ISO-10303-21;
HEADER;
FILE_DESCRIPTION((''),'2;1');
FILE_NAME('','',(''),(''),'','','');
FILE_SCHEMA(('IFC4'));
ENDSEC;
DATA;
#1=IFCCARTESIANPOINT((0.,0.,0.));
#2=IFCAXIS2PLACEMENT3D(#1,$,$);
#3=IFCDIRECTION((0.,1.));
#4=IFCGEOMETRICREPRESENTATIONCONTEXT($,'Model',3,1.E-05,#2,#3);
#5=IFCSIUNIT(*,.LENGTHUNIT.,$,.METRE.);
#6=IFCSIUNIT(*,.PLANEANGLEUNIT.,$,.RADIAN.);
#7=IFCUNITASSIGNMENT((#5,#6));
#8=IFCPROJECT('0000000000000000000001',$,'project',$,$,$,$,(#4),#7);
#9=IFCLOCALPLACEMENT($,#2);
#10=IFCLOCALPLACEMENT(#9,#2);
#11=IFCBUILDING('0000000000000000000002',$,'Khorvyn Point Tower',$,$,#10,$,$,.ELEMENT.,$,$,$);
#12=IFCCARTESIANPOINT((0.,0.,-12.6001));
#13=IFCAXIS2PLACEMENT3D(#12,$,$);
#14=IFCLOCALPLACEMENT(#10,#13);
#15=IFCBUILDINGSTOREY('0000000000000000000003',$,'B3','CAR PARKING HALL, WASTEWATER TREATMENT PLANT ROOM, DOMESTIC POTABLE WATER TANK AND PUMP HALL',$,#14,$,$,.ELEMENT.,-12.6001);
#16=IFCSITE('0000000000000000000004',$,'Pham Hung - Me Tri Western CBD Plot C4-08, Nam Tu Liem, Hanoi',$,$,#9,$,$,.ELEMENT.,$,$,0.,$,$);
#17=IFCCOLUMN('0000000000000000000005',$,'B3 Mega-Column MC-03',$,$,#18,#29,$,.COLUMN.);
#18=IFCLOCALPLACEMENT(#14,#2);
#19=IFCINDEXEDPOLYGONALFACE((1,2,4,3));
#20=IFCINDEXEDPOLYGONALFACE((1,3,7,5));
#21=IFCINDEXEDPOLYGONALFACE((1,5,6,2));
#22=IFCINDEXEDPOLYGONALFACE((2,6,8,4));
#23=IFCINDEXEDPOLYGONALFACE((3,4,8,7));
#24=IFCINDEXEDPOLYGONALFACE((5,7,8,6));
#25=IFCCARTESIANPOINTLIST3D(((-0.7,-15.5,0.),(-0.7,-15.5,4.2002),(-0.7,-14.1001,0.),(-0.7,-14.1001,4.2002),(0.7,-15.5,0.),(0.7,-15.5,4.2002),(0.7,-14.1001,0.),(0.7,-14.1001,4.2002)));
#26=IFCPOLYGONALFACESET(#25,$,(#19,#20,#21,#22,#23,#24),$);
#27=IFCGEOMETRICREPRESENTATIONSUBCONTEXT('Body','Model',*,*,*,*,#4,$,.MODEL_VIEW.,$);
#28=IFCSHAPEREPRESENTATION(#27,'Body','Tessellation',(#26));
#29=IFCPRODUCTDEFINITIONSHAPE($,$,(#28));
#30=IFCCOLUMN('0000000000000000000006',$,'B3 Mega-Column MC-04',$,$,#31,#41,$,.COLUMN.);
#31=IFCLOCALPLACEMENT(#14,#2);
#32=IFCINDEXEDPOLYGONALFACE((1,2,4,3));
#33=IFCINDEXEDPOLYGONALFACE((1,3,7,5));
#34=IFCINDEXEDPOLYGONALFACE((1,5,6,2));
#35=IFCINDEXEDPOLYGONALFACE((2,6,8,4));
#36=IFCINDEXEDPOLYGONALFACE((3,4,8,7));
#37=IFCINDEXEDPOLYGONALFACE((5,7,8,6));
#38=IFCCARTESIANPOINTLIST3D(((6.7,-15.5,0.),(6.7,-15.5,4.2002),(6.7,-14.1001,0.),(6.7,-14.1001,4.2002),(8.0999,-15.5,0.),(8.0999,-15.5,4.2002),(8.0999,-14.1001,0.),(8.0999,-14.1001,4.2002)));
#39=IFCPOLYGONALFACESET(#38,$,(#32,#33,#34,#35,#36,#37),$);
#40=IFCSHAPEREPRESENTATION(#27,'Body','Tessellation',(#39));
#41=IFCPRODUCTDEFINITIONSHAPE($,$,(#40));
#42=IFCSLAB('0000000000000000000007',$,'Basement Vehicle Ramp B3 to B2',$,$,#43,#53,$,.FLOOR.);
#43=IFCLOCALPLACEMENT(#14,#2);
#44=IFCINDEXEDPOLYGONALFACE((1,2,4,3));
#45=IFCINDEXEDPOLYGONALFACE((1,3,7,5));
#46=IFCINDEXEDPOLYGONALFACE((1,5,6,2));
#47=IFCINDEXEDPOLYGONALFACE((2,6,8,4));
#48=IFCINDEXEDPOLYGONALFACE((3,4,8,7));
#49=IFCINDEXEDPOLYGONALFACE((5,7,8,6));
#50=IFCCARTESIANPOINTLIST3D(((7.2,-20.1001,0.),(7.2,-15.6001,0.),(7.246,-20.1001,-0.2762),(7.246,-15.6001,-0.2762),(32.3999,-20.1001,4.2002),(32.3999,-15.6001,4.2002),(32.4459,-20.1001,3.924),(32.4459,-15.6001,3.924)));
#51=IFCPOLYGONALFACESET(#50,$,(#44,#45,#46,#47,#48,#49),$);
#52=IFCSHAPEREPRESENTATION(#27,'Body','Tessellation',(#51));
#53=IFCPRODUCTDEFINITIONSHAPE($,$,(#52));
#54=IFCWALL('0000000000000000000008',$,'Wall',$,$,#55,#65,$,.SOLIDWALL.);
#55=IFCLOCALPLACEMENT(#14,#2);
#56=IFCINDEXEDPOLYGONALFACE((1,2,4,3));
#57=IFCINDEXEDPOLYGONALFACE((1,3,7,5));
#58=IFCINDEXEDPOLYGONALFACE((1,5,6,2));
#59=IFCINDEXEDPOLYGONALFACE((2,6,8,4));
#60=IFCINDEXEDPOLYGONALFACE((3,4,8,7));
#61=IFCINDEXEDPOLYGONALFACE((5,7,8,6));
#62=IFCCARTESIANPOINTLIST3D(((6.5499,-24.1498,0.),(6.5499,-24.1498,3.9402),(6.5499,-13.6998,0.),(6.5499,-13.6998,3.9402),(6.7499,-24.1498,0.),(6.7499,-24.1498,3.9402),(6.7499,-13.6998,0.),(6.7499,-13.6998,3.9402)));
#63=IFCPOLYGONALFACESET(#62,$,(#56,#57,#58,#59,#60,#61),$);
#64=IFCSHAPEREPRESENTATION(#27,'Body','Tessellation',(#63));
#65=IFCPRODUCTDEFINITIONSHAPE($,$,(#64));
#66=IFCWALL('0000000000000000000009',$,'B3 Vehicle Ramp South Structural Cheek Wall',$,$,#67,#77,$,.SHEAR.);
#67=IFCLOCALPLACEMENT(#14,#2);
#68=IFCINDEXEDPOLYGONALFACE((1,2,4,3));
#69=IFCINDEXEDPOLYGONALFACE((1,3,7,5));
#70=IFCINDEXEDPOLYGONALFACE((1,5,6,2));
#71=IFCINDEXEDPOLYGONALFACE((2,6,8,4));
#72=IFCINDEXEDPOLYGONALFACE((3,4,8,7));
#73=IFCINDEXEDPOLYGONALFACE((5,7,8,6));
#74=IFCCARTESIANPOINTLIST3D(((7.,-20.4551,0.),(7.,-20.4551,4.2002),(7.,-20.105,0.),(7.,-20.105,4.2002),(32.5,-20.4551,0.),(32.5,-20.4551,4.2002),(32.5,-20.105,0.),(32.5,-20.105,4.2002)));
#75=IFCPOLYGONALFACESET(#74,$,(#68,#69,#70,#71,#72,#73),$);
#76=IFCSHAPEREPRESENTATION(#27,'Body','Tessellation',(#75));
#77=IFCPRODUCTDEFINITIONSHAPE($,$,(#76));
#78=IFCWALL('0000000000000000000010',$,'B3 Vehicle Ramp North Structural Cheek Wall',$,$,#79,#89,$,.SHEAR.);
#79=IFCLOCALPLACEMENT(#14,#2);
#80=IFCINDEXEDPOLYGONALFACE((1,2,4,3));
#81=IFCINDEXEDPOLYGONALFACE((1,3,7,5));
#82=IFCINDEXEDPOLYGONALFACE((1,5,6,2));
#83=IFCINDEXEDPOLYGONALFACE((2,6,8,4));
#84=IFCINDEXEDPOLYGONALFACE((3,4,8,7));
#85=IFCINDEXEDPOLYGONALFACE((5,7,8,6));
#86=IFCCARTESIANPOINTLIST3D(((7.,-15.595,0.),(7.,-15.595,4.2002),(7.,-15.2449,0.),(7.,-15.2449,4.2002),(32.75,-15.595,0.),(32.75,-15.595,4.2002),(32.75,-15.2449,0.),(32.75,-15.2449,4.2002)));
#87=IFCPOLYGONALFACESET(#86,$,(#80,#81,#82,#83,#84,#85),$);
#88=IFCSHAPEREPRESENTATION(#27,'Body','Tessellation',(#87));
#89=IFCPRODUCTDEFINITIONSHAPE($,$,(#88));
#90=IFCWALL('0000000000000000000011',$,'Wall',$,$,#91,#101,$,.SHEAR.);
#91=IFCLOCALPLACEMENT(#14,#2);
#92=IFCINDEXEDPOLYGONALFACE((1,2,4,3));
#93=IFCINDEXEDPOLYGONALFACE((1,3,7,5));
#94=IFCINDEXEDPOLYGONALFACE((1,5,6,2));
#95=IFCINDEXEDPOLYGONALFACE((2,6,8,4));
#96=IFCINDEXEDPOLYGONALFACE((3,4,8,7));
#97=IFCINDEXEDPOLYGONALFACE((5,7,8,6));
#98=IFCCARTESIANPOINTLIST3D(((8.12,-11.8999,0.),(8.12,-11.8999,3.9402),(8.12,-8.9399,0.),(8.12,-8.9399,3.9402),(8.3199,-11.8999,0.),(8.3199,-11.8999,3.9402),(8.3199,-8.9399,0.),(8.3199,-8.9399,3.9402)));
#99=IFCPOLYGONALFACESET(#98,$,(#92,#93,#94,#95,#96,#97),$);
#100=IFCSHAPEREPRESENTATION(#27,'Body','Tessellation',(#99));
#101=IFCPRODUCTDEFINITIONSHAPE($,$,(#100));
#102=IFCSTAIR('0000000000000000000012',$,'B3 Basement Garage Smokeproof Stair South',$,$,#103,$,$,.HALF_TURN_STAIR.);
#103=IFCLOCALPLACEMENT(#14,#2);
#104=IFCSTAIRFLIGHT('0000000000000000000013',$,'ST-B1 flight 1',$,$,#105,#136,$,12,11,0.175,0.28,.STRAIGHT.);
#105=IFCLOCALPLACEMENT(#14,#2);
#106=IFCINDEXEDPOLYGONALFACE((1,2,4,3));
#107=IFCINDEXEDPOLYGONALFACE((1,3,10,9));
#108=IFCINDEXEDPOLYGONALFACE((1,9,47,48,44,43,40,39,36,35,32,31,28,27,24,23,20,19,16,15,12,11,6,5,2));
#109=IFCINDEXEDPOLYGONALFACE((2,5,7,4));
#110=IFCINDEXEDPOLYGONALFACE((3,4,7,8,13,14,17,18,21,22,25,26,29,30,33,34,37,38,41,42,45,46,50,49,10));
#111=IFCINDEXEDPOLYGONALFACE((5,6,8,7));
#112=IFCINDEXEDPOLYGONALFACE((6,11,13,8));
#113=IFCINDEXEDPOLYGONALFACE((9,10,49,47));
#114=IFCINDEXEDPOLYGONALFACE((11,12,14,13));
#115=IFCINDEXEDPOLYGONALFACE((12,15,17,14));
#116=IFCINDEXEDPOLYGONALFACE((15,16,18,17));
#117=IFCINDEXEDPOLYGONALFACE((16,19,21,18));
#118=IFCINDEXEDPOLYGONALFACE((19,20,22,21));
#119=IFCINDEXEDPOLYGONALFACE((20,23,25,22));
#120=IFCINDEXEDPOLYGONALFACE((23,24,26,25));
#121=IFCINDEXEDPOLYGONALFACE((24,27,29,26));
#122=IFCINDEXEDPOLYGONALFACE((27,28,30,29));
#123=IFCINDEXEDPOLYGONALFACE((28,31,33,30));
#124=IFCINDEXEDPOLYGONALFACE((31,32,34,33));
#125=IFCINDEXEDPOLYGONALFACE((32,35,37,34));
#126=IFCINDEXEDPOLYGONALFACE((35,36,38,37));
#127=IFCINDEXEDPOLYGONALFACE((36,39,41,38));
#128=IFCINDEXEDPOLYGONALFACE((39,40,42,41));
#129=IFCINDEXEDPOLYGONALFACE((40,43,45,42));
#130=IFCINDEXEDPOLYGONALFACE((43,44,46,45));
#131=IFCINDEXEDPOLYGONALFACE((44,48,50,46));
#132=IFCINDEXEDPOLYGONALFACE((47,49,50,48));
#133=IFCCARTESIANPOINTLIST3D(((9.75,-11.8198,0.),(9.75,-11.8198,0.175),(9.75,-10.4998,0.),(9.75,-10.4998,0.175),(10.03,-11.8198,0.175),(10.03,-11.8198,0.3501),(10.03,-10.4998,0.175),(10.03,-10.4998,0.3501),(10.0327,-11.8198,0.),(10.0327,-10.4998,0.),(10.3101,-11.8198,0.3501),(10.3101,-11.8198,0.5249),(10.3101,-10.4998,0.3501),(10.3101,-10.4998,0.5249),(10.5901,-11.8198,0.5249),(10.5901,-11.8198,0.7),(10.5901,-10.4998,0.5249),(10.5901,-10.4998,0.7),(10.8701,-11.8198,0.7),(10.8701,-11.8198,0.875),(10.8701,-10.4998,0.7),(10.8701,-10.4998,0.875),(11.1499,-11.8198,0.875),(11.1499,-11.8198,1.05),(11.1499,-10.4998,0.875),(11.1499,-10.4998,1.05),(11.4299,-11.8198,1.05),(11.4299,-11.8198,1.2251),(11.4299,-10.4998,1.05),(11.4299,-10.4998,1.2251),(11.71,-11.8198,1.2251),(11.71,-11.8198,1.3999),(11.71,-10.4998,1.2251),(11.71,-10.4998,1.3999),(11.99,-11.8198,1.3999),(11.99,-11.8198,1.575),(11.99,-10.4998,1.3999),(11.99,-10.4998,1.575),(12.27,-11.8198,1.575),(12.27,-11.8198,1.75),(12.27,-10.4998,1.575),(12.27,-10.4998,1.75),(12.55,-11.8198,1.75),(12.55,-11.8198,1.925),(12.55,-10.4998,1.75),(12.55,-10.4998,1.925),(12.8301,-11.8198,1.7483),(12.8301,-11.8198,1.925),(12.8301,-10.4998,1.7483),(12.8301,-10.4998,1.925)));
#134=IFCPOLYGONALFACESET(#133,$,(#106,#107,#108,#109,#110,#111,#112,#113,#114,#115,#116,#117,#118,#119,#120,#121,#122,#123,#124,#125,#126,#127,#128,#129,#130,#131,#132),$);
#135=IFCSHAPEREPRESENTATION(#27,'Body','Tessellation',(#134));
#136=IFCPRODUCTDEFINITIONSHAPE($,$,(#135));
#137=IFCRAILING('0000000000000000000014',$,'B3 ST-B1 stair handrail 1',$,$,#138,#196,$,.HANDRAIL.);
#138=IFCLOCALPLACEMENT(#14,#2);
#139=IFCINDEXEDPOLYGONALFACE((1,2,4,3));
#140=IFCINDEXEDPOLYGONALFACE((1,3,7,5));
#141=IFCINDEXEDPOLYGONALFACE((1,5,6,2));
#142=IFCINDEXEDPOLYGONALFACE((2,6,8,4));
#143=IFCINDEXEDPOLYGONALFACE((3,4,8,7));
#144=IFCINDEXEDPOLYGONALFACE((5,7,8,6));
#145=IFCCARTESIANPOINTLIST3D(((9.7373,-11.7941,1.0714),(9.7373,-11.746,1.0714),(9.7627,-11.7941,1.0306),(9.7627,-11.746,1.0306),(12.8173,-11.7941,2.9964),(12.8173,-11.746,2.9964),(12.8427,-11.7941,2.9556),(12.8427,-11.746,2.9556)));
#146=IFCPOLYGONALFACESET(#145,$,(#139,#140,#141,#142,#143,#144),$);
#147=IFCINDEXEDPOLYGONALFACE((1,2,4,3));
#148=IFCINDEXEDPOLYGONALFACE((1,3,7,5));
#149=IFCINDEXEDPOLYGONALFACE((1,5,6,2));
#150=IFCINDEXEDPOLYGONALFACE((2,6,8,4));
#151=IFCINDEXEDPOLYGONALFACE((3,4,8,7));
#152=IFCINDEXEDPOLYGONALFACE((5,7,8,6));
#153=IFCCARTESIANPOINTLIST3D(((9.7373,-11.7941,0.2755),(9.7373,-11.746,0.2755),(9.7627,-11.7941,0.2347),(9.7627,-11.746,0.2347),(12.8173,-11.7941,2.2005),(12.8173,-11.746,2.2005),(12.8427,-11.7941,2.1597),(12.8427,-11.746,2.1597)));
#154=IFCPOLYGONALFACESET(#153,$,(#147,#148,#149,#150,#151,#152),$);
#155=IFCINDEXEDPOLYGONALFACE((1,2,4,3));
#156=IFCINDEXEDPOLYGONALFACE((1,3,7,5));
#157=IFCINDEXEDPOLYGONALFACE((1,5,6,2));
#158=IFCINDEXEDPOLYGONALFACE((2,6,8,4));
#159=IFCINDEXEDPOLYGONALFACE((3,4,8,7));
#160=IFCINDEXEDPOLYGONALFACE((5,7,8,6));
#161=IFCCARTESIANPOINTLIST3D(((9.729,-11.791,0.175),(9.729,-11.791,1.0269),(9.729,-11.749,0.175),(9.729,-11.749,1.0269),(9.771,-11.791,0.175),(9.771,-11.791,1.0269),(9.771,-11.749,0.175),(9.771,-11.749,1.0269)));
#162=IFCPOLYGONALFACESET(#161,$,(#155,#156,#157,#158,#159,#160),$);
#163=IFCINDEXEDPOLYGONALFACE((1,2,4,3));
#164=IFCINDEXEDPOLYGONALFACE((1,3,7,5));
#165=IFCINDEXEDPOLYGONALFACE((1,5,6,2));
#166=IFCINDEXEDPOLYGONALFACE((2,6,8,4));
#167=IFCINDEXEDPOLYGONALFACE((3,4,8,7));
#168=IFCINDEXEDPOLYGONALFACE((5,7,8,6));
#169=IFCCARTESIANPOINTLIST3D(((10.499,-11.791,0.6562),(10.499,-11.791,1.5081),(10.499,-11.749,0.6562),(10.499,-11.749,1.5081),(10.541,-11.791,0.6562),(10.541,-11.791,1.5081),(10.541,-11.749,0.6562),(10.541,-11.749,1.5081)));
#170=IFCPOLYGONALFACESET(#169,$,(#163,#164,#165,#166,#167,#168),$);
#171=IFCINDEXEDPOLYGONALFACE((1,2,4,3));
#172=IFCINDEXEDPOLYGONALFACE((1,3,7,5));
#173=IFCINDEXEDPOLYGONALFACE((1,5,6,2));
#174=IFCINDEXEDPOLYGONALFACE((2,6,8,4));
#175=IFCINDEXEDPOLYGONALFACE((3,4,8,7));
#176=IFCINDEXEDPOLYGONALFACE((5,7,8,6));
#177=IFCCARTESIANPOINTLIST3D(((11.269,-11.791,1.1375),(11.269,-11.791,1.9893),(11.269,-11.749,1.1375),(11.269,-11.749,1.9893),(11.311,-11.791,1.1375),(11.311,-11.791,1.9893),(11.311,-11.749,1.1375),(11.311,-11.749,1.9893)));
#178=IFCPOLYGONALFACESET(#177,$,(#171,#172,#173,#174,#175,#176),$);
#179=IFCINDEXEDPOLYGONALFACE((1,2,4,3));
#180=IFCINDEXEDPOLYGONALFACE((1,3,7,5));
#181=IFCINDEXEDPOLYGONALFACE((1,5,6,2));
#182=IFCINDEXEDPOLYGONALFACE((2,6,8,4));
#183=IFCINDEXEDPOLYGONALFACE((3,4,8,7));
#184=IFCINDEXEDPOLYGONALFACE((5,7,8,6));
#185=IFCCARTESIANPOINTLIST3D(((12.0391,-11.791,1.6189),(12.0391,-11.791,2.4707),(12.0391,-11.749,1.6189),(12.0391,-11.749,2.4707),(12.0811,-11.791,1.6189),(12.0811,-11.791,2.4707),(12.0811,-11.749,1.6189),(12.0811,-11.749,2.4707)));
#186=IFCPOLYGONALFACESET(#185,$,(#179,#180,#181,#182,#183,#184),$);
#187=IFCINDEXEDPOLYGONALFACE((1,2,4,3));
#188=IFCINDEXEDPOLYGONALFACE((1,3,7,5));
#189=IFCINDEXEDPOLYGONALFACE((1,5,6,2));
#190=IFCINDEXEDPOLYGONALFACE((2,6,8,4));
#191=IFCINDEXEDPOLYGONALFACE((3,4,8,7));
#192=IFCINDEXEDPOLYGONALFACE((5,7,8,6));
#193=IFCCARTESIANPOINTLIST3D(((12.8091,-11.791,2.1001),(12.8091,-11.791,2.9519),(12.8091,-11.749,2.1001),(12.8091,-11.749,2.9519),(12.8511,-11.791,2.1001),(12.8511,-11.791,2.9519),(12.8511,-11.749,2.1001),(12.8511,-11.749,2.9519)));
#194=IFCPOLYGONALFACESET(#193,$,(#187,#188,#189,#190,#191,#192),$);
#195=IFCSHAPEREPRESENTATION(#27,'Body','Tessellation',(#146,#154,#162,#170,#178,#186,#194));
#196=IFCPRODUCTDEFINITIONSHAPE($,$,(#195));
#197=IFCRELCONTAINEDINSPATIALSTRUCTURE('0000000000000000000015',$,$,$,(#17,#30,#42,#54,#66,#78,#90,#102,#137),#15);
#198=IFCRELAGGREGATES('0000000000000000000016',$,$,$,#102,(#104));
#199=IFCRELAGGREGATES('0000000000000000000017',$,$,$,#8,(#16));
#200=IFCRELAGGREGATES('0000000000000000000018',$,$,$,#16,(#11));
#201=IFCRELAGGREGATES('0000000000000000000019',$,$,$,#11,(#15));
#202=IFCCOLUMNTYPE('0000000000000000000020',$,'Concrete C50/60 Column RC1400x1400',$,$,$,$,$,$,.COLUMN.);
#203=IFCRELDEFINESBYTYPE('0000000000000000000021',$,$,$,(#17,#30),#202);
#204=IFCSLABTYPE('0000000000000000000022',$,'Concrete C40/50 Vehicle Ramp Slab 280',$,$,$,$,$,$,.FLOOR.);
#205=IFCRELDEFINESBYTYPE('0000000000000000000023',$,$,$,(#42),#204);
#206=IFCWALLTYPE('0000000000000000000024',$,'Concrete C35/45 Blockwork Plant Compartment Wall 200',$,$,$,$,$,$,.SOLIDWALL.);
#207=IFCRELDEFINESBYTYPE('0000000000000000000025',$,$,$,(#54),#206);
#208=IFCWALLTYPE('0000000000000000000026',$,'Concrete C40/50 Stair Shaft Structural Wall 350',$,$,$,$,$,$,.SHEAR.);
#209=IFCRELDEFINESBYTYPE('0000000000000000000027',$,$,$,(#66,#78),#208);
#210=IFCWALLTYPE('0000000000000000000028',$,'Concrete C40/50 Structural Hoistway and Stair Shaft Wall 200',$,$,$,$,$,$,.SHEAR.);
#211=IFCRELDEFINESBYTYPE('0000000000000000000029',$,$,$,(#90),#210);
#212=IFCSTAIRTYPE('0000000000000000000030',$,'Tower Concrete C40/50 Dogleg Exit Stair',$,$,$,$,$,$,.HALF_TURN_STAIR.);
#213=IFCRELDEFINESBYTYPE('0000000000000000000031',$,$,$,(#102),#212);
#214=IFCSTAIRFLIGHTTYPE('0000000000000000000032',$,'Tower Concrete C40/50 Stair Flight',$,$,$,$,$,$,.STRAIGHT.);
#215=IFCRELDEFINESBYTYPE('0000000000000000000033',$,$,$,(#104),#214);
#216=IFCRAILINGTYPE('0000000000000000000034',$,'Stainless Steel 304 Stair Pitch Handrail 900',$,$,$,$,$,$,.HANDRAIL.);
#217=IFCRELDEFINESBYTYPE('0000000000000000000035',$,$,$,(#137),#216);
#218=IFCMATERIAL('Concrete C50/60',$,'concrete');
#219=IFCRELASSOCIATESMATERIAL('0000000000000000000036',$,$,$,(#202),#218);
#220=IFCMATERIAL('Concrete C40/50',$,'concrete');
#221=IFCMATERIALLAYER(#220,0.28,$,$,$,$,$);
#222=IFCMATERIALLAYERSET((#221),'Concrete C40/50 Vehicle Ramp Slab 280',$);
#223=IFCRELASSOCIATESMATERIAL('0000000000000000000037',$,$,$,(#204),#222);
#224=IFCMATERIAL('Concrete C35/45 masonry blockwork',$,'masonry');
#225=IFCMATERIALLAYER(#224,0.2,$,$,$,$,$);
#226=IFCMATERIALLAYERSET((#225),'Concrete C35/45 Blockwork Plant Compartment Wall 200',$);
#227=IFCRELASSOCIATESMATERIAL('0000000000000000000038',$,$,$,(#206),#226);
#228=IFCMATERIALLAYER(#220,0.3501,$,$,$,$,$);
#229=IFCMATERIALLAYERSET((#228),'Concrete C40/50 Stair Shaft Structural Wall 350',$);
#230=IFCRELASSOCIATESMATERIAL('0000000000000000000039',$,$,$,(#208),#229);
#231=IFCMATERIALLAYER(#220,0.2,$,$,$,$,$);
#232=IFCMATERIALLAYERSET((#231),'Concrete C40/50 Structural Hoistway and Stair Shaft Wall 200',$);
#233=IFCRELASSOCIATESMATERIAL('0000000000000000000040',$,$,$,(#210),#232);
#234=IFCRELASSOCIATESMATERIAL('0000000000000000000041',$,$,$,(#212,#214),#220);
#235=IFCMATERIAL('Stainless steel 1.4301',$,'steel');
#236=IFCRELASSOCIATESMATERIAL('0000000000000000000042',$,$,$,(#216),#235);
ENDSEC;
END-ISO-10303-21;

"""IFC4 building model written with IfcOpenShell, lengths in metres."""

from ifc_helpers import new_model, si_unit, direction, frame, frame_2d, origin, origin_2d, place, context, subcontext, project, spatial, polyline, rectangle, outline, extrude, material, layer, layer_set, material_profile, profile_set, type_object, element, aggregate, save


model = new_model("IFC4")

# Units and contexts
model_context = context("Model", 3, precision=1e-05, world=origin(), true_north=direction((0.0, 1.0)))
body_context = subcontext(model_context, "Body", "Model", "MODEL_VIEW")
ifc_project = project(units=[si_unit("LENGTHUNIT", "METRE"), si_unit("PLANEANGLEUNIT", "RADIAN")], contexts=[model_context])

# Site, building, storey
site_placement = place(None, origin())
site = spatial("IfcSite", under=ifc_project, at=site_placement, Name="Pham Hung - Me Tri Western CBD Plot C4-08, Nam Tu Liem, Hanoi", CompositionType="ELEMENT", RefElevation=0.0)
building_placement = place(site_placement, origin())
building = spatial("IfcBuilding", under=site, at=building_placement, Name="Khorvyn Point Tower", CompositionType="ELEMENT")
storey_placement = place(building_placement, frame((0.0, 0.0, -12.6001)))
storey = spatial("IfcBuildingStorey", under=building, at=storey_placement, Name="B3", Description="CAR PARKING HALL, WASTEWATER TREATMENT PLANT ROOM, DOMESTIC POTABLE WATER TANK AND PUMP HALL", CompositionType="ELEMENT", Elevation=-12.6001)

# Shared definitions
ifc_material_1 = material(Name="Concrete C40/50", Category="concrete")

# Columns
ifc_material_2 = material(Name="Concrete C50/60", Category="concrete")
ifc_material_profile_1 = material_profile(ifc_material_2, rectangle(XDim=1.3999, YDim=1.3999, at=origin_2d()))
ifc_profile_set_1 = profile_set([ifc_material_profile_1], Name="Concrete C50/60 RC1400x1400")
column_type_1 = type_object("IfcColumnType", Name="Concrete C50/60 Column RC1400x1400", PredefinedType="COLUMN", material=ifc_profile_set_1)
for number, where, z_axis, x_axis, name in (
    (1, (0.0, -14.8, 0.0), (0.0, 0.0, 1.0), (1.0, 0.0, 0.0), "B3 Mega-Column MC-03"),
    (2, (7.3999, -14.8, 0.0), (0.0, 0.0, 1.0), (1.0, 0.0, 0.0), "B3 Mega-Column MC-04"),
):
    element("IfcColumn", number, at=place(storey_placement, frame(where, z_axis=z_axis, x_axis=x_axis)), inside=storey, type_object=column_type_1, Name=name, PredefinedType="COLUMN", context=body_context, shape_type="SweptSolid", body=[
        extrude(rectangle(XDim=1.3999, YDim=1.3999, at=origin_2d()), origin(), (0.0, 0.0, 1.0), 4.2002),
    ])

# Slab
ifc_layer_1 = layer(ifc_material_1, 0.28)
ifc_layer_set_1 = layer_set([ifc_layer_1], Name="Concrete C40/50 Vehicle Ramp Slab 280")
slab_type = type_object("IfcSlabType", Name="Concrete C40/50 Vehicle Ramp Slab 280", PredefinedType="FLOOR", material=ifc_layer_set_1)
slab_placement = place(storey_placement, frame((7.2, -20.1001, 0.0), z_axis=(-0.164407, 0.0, 0.986393), x_axis=(0.986393, 0.0, 0.164407)))
element("IfcSlab", 3, at=slab_placement, inside=storey, type_object=slab_type, Name="Basement Vehicle Ramp B3 to B2", PredefinedType="FLOOR", context=body_context, shape_type="SweptSolid", body=[
    extrude(outline(polyline([(0.0, 0.0), (25.5476, 0.0), (25.5476, 4.5), (0.0, 4.5), (0.0, 0.0)])), origin(), (0.0, 0.0, -1.0), 0.28),
])

# Wall
ifc_material_3 = material(Name="Concrete C35/45 masonry blockwork", Category="masonry")
ifc_layer_2 = layer(ifc_material_3, 0.2)
ifc_layer_set_2 = layer_set([ifc_layer_2], Name="Concrete C35/45 Blockwork Plant Compartment Wall 200")
wall_type_1 = type_object("IfcWallType", Name="Concrete C35/45 Blockwork Plant Compartment Wall 200", PredefinedType="SOLIDWALL", material=ifc_layer_set_2)
wall_1_placement = place(storey_placement, frame((6.6499, -24.1499, 0.0), z_axis=(0.0, 0.0, 1.0), x_axis=(0.0, 1.0, 0.0)))
element("IfcWall", 4, at=wall_1_placement, inside=storey, type_object=wall_type_1, Name="Wall", PredefinedType="SOLIDWALL", context=body_context, shape_type="SweptSolid", body=[
    extrude(rectangle(XDim=10.45, YDim=0.2, at=frame_2d((5.2251, 0.0))), origin(), (0.0, 0.0, 1.0), 3.9402),
])

# Walls
ifc_layer_3 = layer(ifc_material_1, 0.3501)
ifc_layer_set_3 = layer_set([ifc_layer_3], Name="Concrete C40/50 Stair Shaft Structural Wall 350")
wall_type_2 = type_object("IfcWallType", Name="Concrete C40/50 Stair Shaft Structural Wall 350", PredefinedType="SHEAR", material=ifc_layer_set_3)
wall_2_placement = place(storey_placement, frame((7.0, -20.28, 0.0), z_axis=(0.0, 0.0, 1.0), x_axis=(1.0, 0.0, 0.0)))
element("IfcWall", 5, at=wall_2_placement, inside=storey, type_object=wall_type_2, Name="B3 Vehicle Ramp South Structural Cheek Wall", PredefinedType="SHEAR", context=body_context, shape_type="SweptSolid", body=[
    extrude(rectangle(XDim=25.5, YDim=0.3501, at=frame_2d((12.75, 0.0))), origin(), (0.0, 0.0, 1.0), 4.2002),
])
wall_3_placement = place(storey_placement, frame((7.0, -15.4199, 0.0), z_axis=(0.0, 0.0, 1.0), x_axis=(1.0, 0.0, 0.0)))
element("IfcWall", 6, at=wall_3_placement, inside=storey, type_object=wall_type_2, Name="B3 Vehicle Ramp North Structural Cheek Wall", PredefinedType="SHEAR", context=body_context, shape_type="SweptSolid", body=[
    extrude(rectangle(XDim=25.75, YDim=0.3501, at=frame_2d((12.875, 0.0))), origin(), (0.0, 0.0, 1.0), 4.2002),
])
ifc_layer_4 = layer(ifc_material_1, 0.2)
ifc_layer_set_4 = layer_set([ifc_layer_4], Name="Concrete C40/50 Structural Hoistway and Stair Shaft Wall 200")
wall_type_3 = type_object("IfcWallType", Name="Concrete C40/50 Structural Hoistway and Stair Shaft Wall 200", PredefinedType="SHEAR", material=ifc_layer_set_4)
wall_4_placement = place(storey_placement, frame((8.22, -11.8999, 0.0), z_axis=(0.0, 0.0, 1.0), x_axis=(0.0, 1.0, 0.0)))
element("IfcWall", 7, at=wall_4_placement, inside=storey, type_object=wall_type_3, Name="Wall", PredefinedType="SHEAR", context=body_context, shape_type="SweptSolid", body=[
    extrude(rectangle(XDim=2.96, YDim=0.2, at=frame_2d((1.48, 0.0))), origin(), (0.0, 0.0, 1.0), 3.9402),
])

# Stair, stair flight
stair_type = type_object("IfcStairType", Name="Tower Concrete C40/50 Dogleg Exit Stair", PredefinedType="HALF_TURN_STAIR", material=ifc_material_1)
stair_placement = place(storey_placement, origin())
stair = element("IfcStair", 8, at=stair_placement, inside=storey, type_object=stair_type, Name="B3 Basement Garage Smokeproof Stair South", PredefinedType="HALF_TURN_STAIR")
stair_flight_type = type_object("IfcStairFlightType", Name="Tower Concrete C40/50 Stair Flight", PredefinedType="STRAIGHT", material=ifc_material_1)
stair_flight_placement = place(storey_placement, frame((9.75, -11.1599, 0.0), z_axis=(0.0, 0.0, 1.0), x_axis=(1.0, 0.0, 0.0)))
stair_flight = element("IfcStairFlight", 9, at=stair_flight_placement, type_object=stair_flight_type, Name="ST-B1 flight 1", NumberOfRisers=12, NumberOfTreads=11, PredefinedType="STRAIGHT", RiserHeight=0.175, TreadLength=0.28, context=body_context, shape_type="SweptSolid", body=[
    extrude(outline(polyline([(0.0, 0.0), (0.0, 0.175), (0.28, 0.175), (0.28, 0.3501), (0.5601, 0.3501), (0.5601, 0.5249), (0.8401, 0.5249), (0.8401, 0.7), (1.1201, 0.7), (1.1201, 0.875), (1.3999, 0.875), (1.3999, 1.05), (1.6799, 1.05), (1.6799, 1.2251), (1.96, 1.2251), (1.96, 1.3999), (2.24, 1.3999), (2.24, 1.575), (2.52, 1.575), (2.52, 1.75), (2.8, 1.75), (2.8, 1.925), (3.0801, 1.925), (3.0801, 2.1001), (3.0801, 1.7483), (0.2827, 0.0), (0.0, 0.0)])), frame((0.0, 0.6602, 0.0), z_axis=(0.0, -1.0, 0.0), x_axis=(1.0, 0.0, 0.0)), (0.0, 0.0, 1.0), 1.3201),
])
aggregate(stair, [stair_flight])

# Railing
ifc_material_4 = material(Name="Stainless steel 1.4301", Category="steel")
railing_type_1 = type_object("IfcRailingType", Name="Stainless Steel 304 Stair Pitch Handrail 900", PredefinedType="HANDRAIL", material=ifc_material_4)
railing_placement = place(storey_placement, frame((9.75, -11.77, 0.175)))
element("IfcRailing", 10, at=railing_placement, inside=storey, type_object=railing_type_1, Name="B3 ST-B1 stair handrail 1", PredefinedType="HANDRAIL", context=body_context, shape_type="SweptSolid", body=[
    extrude(rectangle(XDim=0.0481, YDim=0.0481, at=origin_2d()), frame((0.0, 0.0, 0.876), z_axis=(0.847998, 0.0, 0.529999), x_axis=(0.0, 1.0, 0.0)), (0.0, 0.0, 1.0), 3.6321),
    extrude(rectangle(XDim=0.0481, YDim=0.0481, at=origin_2d()), frame((0.0, 0.0, 0.0801), z_axis=(0.847998, 0.0, 0.529999), x_axis=(0.0, 1.0, 0.0)), (0.0, 0.0, 1.0), 3.6321),
    extrude(rectangle(XDim=0.042, YDim=0.042, at=origin_2d()), origin(), (0.0, 0.0, 1.0), 0.8518),
    extrude(rectangle(XDim=0.042, YDim=0.042, at=origin_2d()), frame((0.77, 0.0, 0.4812)), (0.0, 0.0, 1.0), 0.8518),
    extrude(rectangle(XDim=0.042, YDim=0.042, at=origin_2d()), frame((1.54, 0.0, 0.9624)), (0.0, 0.0, 1.0), 0.8518),
    extrude(rectangle(XDim=0.042, YDim=0.042, at=origin_2d()), frame((2.3101, 0.0, 1.4438)), (0.0, 0.0, 1.0), 0.8518),
    extrude(rectangle(XDim=0.042, YDim=0.042, at=origin_2d()), frame((3.0801, 0.0, 1.925)), (0.0, 0.0, 1.0), 0.8518),
])

save(model, "model.ifc")
